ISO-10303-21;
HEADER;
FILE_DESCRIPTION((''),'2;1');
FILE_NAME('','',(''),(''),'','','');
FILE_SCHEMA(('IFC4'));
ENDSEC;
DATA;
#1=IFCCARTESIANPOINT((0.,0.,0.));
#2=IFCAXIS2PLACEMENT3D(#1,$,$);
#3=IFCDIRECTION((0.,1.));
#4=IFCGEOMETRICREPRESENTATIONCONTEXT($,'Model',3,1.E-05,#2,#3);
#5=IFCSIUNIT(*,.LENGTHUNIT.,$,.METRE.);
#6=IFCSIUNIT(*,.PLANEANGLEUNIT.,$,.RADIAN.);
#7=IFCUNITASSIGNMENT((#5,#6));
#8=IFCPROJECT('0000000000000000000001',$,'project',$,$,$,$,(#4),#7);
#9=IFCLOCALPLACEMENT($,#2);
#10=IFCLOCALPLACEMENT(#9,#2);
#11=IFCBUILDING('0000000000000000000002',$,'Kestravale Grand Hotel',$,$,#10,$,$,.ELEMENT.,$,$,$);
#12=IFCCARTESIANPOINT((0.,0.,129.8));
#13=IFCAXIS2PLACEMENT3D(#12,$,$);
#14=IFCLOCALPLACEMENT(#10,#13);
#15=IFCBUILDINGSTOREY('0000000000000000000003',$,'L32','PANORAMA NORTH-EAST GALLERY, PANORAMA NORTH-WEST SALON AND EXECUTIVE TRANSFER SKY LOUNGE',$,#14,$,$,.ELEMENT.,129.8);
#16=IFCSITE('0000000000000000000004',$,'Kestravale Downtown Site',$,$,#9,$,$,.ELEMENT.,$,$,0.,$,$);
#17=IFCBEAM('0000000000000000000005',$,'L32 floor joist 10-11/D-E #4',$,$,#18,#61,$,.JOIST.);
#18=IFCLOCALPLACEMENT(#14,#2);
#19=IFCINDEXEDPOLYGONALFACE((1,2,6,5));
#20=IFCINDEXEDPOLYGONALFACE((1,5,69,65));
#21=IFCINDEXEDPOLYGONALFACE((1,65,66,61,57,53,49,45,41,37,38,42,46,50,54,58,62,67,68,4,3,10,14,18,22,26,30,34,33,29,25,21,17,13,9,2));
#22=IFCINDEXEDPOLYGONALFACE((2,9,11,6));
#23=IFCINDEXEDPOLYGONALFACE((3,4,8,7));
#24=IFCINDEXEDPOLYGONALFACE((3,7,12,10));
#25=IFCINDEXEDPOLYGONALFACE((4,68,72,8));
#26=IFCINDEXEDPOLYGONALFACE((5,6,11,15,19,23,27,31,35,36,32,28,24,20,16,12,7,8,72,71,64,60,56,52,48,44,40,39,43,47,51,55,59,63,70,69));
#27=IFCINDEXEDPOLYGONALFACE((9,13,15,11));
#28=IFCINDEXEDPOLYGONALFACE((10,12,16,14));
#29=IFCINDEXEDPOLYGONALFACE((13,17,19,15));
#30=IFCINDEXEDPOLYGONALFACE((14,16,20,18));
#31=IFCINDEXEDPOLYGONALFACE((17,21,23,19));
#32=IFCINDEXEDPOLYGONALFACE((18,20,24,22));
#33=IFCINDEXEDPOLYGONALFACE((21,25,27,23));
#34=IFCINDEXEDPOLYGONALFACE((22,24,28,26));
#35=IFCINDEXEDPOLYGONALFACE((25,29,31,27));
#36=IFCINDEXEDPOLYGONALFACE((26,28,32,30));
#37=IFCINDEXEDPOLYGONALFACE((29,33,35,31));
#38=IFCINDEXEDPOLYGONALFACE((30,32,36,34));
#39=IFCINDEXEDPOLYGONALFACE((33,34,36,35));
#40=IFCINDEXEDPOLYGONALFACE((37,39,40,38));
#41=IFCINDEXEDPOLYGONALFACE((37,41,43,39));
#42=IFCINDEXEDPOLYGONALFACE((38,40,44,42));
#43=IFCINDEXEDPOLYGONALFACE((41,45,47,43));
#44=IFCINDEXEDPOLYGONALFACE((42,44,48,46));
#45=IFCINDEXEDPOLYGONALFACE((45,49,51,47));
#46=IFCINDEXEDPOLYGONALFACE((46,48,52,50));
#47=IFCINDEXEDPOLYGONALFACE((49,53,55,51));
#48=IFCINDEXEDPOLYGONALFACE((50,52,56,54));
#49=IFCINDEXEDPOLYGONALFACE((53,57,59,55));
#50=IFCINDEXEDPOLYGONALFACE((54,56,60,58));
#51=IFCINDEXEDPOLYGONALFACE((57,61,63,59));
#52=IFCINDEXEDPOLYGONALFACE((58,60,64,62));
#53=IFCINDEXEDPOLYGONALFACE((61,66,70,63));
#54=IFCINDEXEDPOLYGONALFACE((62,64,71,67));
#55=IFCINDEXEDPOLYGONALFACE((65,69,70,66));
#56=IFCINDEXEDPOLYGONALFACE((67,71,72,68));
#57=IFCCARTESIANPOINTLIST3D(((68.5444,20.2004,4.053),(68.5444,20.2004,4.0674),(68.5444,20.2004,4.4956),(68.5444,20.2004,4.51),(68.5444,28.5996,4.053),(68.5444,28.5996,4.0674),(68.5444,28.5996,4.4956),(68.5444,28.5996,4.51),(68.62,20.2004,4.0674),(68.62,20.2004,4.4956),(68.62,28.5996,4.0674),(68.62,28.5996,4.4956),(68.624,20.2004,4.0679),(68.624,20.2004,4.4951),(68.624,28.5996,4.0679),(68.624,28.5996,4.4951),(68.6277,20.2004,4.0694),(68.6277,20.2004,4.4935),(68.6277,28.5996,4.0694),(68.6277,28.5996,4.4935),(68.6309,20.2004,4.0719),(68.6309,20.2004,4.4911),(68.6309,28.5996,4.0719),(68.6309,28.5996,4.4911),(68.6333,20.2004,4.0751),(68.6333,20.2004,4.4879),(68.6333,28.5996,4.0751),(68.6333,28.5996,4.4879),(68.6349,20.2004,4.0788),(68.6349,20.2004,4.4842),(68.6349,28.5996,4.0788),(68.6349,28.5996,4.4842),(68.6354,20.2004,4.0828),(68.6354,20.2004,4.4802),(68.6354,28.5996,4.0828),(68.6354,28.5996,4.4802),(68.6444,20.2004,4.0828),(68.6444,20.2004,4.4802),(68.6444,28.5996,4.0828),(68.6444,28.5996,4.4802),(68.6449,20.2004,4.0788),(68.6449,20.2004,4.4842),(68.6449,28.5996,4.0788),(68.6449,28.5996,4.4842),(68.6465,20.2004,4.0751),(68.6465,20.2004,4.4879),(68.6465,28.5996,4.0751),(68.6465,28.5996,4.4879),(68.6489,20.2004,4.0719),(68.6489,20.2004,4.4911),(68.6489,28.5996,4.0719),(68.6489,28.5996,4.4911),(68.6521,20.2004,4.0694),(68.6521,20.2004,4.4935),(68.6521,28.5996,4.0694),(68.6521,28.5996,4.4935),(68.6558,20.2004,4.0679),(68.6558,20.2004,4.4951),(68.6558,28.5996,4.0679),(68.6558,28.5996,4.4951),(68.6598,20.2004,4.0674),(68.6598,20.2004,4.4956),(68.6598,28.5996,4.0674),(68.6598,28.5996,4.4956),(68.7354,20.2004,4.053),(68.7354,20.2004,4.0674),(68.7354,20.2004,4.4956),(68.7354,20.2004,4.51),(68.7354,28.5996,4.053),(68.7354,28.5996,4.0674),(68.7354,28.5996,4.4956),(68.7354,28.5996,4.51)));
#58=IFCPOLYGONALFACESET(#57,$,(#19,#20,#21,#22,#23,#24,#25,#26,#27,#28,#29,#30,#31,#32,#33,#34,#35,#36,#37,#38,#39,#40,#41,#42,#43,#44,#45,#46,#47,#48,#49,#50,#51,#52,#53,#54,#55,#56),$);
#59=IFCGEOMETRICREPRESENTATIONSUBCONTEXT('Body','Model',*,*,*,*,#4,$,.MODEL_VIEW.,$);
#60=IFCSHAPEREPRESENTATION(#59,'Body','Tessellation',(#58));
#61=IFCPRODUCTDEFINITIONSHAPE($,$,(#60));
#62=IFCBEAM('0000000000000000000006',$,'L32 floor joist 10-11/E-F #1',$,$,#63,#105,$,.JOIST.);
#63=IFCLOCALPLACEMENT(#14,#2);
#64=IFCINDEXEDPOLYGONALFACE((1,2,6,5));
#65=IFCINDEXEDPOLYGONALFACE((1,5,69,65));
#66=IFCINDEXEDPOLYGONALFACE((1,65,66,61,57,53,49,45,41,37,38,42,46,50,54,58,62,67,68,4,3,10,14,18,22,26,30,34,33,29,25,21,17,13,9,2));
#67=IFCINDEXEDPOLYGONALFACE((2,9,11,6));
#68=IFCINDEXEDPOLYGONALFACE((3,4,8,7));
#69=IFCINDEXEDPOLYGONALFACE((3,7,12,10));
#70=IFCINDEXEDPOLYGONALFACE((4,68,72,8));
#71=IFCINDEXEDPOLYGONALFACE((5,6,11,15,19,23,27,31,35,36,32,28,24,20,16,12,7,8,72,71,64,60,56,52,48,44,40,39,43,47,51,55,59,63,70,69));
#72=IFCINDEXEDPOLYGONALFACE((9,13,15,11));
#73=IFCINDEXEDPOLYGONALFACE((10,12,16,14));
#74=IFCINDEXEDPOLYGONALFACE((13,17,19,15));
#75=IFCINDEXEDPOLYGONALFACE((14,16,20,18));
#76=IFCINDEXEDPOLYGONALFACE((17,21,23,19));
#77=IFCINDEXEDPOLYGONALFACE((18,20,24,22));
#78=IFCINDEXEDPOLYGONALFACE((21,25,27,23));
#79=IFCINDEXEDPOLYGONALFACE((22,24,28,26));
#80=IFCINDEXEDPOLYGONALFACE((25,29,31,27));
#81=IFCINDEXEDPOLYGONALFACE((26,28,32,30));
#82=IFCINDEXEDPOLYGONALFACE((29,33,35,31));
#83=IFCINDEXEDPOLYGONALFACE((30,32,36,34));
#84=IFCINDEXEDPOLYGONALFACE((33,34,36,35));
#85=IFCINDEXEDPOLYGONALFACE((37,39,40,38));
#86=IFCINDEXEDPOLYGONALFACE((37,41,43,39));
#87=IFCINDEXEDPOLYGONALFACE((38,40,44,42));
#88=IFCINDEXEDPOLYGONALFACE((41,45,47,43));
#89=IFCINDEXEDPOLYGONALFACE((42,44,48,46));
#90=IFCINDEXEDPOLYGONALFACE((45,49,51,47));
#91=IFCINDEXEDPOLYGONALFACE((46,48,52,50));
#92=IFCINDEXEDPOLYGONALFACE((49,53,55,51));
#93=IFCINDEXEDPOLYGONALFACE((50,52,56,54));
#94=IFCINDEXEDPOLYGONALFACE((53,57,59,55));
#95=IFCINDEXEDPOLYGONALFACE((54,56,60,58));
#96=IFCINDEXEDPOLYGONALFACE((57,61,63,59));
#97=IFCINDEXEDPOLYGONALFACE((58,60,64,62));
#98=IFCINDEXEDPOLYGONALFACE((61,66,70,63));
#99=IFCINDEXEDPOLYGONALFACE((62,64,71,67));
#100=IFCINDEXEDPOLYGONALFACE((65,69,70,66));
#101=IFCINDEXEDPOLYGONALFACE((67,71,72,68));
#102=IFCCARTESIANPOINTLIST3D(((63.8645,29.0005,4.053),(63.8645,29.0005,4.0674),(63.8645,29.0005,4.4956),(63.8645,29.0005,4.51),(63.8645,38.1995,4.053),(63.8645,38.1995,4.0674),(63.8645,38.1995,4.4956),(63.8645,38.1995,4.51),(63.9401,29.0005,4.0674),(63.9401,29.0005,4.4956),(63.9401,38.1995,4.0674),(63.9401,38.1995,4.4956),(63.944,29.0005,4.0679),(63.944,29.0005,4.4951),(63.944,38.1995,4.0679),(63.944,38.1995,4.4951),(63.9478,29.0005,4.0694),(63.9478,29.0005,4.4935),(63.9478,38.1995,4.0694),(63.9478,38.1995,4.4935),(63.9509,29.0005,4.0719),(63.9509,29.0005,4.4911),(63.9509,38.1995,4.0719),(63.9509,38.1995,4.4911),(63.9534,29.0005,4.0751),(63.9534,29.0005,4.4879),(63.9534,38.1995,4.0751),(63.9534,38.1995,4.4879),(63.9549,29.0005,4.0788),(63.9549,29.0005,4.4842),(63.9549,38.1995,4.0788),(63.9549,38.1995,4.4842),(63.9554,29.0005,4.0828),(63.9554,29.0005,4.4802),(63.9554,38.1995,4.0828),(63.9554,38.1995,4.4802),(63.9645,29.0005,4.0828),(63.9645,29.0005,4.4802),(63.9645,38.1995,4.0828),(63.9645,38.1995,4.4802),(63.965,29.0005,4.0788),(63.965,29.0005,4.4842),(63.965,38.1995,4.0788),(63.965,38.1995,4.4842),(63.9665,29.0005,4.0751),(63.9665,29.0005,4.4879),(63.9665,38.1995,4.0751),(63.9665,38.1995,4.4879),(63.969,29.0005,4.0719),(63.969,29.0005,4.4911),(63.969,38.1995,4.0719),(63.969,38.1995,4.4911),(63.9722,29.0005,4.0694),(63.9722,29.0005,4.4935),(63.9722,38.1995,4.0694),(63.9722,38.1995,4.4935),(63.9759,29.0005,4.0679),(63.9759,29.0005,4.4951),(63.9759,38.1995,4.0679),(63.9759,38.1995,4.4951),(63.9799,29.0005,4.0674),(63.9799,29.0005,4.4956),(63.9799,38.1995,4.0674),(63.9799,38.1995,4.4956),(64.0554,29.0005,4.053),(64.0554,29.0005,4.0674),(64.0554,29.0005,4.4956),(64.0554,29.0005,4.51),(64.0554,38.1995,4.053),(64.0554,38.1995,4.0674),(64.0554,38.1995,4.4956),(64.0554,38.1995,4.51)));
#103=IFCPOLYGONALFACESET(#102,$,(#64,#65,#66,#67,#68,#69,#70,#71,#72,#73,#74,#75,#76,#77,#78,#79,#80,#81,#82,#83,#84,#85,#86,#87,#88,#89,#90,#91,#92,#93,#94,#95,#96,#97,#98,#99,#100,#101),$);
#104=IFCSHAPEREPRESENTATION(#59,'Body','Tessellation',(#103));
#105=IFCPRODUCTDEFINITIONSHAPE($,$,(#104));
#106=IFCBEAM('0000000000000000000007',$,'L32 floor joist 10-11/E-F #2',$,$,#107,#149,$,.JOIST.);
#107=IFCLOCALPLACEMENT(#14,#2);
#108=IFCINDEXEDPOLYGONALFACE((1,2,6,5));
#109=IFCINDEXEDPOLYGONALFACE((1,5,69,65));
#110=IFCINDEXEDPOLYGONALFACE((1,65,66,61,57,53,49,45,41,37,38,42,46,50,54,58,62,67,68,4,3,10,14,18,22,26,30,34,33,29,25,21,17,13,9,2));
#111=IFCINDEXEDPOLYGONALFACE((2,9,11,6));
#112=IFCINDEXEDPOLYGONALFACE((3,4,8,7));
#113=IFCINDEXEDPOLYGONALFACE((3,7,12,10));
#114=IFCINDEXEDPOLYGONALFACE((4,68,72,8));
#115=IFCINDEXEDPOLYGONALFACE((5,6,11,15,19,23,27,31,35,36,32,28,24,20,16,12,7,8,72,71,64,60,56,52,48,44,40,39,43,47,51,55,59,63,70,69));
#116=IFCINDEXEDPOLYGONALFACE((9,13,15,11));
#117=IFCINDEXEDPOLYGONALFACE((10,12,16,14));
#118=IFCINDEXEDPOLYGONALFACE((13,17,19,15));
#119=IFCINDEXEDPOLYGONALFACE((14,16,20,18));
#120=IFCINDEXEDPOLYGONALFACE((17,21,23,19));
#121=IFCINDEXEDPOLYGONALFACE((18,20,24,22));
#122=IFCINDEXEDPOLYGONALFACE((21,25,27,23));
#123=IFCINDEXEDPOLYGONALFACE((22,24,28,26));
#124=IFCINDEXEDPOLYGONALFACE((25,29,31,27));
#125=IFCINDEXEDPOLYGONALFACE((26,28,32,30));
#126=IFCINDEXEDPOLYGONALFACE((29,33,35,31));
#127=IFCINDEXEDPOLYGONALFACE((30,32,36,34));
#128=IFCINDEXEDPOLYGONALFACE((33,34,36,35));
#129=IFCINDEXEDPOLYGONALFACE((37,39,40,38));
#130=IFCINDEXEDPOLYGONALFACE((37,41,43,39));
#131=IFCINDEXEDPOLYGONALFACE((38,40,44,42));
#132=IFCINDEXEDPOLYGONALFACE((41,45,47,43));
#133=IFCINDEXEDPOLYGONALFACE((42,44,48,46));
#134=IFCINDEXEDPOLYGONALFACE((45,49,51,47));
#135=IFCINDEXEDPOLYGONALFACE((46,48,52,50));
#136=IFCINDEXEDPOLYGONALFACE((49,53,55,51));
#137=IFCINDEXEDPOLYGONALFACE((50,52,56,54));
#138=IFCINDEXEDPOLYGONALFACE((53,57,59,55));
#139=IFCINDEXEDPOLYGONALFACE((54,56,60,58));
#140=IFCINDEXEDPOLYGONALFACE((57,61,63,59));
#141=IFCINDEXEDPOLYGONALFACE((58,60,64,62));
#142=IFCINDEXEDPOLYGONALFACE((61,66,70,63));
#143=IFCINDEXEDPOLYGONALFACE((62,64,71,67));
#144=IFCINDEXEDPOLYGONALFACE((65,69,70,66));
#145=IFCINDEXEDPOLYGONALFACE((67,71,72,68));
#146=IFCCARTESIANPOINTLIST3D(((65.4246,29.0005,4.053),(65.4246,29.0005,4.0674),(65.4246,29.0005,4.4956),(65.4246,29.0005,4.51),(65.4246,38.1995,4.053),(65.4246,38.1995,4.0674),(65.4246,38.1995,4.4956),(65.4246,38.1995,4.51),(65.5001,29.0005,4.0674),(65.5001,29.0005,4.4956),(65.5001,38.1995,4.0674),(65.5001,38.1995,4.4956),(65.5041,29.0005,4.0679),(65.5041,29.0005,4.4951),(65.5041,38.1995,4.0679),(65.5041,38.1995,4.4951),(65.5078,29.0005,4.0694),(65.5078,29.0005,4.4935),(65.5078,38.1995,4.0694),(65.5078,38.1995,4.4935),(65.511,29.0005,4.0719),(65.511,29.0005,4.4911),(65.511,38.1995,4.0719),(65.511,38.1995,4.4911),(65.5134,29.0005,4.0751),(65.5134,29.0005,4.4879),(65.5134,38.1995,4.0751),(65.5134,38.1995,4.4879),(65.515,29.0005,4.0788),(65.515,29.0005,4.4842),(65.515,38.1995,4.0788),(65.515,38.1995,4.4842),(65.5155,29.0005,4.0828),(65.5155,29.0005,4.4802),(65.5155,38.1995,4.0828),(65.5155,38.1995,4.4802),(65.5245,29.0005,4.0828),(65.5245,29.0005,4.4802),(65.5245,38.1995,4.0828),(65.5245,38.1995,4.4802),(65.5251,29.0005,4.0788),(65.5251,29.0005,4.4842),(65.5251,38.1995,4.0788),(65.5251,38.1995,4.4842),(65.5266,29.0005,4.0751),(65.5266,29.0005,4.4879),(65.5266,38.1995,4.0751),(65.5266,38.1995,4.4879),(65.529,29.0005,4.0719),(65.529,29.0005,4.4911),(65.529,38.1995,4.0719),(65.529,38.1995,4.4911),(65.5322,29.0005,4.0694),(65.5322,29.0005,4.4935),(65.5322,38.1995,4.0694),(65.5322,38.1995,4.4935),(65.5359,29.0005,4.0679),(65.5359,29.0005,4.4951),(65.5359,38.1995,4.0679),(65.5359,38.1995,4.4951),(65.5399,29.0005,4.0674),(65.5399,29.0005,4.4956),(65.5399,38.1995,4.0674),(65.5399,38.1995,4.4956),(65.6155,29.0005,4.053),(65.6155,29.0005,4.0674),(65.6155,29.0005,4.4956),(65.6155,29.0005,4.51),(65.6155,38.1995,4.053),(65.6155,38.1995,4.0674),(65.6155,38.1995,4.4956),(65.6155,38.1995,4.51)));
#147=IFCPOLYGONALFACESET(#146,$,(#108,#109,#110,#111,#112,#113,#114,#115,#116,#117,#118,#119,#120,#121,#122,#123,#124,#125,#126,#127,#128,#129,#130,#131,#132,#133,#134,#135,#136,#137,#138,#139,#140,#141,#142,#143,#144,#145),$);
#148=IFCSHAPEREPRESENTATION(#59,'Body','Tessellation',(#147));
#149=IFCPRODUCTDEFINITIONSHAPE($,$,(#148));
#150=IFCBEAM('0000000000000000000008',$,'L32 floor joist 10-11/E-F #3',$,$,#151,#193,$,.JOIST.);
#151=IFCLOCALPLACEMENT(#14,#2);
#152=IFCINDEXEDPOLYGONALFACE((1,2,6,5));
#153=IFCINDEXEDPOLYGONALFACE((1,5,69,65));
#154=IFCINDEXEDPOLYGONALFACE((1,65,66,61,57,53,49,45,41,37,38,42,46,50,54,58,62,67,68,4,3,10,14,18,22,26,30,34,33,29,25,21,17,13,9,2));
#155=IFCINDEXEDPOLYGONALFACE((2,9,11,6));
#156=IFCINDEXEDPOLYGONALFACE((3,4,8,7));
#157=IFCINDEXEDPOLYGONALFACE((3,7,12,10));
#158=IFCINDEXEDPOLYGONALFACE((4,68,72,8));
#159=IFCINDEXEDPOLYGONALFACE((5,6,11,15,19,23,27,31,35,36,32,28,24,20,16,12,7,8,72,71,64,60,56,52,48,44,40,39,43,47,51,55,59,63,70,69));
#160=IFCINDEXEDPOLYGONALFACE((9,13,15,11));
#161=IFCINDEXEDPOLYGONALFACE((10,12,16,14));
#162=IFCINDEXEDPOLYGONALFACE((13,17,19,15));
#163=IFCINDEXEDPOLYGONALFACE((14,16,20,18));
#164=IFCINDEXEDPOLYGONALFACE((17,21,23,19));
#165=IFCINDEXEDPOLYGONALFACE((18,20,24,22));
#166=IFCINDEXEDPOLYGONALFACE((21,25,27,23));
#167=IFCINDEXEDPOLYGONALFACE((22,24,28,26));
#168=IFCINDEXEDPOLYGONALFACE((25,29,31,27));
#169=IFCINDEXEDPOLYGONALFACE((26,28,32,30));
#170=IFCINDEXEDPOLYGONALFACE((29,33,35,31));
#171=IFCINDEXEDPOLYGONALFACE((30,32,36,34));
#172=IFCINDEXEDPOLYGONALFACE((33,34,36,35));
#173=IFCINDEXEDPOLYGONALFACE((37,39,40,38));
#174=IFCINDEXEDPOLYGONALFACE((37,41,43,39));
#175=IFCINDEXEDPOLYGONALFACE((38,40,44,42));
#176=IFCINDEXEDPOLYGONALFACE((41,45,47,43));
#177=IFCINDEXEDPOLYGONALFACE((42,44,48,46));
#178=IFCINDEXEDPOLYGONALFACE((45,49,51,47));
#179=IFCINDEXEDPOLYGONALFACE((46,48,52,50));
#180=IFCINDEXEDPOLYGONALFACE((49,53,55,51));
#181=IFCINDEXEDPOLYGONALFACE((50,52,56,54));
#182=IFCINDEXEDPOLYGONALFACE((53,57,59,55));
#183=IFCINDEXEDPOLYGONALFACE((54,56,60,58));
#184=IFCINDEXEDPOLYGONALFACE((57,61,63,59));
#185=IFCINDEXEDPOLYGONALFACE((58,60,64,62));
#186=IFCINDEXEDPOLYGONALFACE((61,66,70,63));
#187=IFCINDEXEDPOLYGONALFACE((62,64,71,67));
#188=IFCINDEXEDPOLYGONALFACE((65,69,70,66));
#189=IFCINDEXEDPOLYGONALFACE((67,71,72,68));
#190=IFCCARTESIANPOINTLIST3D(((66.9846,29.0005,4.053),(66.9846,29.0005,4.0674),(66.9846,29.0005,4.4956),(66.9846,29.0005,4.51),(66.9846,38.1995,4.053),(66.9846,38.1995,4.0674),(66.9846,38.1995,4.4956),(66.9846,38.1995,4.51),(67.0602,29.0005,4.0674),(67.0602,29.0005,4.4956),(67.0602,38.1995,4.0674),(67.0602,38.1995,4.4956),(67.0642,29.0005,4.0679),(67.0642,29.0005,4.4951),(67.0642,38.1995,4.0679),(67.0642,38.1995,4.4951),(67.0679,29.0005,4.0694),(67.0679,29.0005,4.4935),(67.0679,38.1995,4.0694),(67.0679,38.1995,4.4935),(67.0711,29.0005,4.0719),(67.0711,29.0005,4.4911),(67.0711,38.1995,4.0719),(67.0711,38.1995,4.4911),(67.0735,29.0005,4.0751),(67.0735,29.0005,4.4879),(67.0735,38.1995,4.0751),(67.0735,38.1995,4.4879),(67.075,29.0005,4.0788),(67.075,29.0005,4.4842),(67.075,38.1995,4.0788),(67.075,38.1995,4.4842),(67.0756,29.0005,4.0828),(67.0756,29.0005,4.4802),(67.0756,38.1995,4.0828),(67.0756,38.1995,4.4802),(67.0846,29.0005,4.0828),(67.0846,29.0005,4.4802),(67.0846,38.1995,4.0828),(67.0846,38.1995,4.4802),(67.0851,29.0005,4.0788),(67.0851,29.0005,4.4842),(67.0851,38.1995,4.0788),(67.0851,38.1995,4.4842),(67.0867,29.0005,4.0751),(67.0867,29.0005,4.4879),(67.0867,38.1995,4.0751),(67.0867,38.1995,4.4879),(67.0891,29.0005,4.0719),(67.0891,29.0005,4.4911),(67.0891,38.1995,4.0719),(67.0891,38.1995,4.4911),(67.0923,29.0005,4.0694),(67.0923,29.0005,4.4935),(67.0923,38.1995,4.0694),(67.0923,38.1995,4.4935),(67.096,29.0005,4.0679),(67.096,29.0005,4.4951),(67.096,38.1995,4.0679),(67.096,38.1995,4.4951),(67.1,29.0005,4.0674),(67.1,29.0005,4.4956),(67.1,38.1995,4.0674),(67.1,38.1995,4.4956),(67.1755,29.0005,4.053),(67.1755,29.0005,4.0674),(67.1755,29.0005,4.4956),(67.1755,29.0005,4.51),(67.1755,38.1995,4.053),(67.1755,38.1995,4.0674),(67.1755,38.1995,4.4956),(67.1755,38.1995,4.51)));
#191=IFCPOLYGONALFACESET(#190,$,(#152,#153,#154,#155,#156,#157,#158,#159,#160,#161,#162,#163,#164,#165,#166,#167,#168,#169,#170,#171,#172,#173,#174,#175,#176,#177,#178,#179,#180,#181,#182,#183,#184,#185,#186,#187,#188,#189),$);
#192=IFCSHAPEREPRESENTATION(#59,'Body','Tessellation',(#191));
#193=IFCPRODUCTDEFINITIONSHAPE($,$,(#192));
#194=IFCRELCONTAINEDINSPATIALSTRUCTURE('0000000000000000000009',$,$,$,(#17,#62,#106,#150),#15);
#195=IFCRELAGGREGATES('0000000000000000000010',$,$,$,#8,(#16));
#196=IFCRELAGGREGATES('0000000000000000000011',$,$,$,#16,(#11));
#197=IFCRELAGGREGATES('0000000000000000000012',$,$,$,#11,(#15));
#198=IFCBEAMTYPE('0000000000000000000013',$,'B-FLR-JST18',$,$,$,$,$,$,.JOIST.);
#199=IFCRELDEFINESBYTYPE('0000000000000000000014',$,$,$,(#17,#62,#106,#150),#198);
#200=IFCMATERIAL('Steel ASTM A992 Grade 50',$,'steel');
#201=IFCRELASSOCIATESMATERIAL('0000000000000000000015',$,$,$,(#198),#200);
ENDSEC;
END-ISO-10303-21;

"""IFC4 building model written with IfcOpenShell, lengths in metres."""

from ifc_helpers import new_model, si_unit, direction, frame, origin, origin_2d, place, context, subcontext, project, spatial, i_section, extrude, material, material_profile, profile_set, type_object, element, save


model = new_model("IFC4")

# Units and contexts
model_context = context("Model", 3, precision=1e-05, world=origin(), true_north=direction((0.0, 1.0)))
body_context = subcontext(model_context, "Body", "Model", "MODEL_VIEW")
ifc_project = project(units=[si_unit("LENGTHUNIT", "METRE"), si_unit("PLANEANGLEUNIT", "RADIAN")], contexts=[model_context])

# Site, building, storey
site_placement = place(None, origin())
site = spatial("IfcSite", under=ifc_project, at=site_placement, Name="Kestravale Downtown Site", CompositionType="ELEMENT", RefElevation=0.0)
building_placement = place(site_placement, origin())
building = spatial("IfcBuilding", under=site, at=building_placement, Name="Kestravale Grand Hotel", CompositionType="ELEMENT")
storey_placement = place(building_placement, frame((0.0, 0.0, 129.8)))
storey = spatial("IfcBuildingStorey", under=building, at=storey_placement, Name="L32", Description="PANORAMA NORTH-EAST GALLERY, PANORAMA NORTH-WEST SALON AND EXECUTIVE TRANSFER SKY LOUNGE", CompositionType="ELEMENT", Elevation=129.8)

# Beams
ifc_material_1 = material(Name="Steel ASTM A992 Grade 50", Category="steel")
ifc_material_profile_1 = material_profile(ifc_material_1, i_section(OverallWidth=0.1909, OverallDepth=0.457, WebThickness=0.009, FlangeThickness=0.0144, FilletRadius=0.0154, at=origin_2d()))
ifc_profile_set_1 = profile_set([ifc_material_profile_1], Name="Steel ASTM A992 Grade 50")
beam_type_1 = type_object("IfcBeamType", Name="B-FLR-JST18", PredefinedType="JOIST", material=ifc_profile_set_1)
for number, where, z_axis, x_axis, name in (
    (1, (68.6399, 20.2004, 4.2815), (0.0, 1.0, 0.0), (-1.0, 0.0, 0.0), "L32 floor joist 10-11/D-E #4"),
):
    element("IfcBeam", number, at=place(storey_placement, frame(where, z_axis=z_axis, x_axis=x_axis)), inside=storey, type_object=beam_type_1, Name=name, PredefinedType="JOIST", context=body_context, shape_type="SweptSolid", body=[
        extrude(i_section(OverallWidth=0.1909, OverallDepth=0.457, WebThickness=0.009, FlangeThickness=0.0144, FilletRadius=0.0154, at=origin_2d()), origin(), (0.0, 0.0, 1.0), 8.3992),
    ])
for number, where, z_axis, x_axis, name in (
    (2, (63.96, 29.0005, 4.2815), (0.0, 1.0, 0.0), (-1.0, 0.0, 0.0), "L32 floor joist 10-11/E-F #1"),
    (3, (65.52, 29.0005, 4.2815), (0.0, 1.0, 0.0), (-1.0, 0.0, 0.0), "L32 floor joist 10-11/E-F #2"),
    (4, (67.0801, 29.0005, 4.2815), (0.0, 1.0, 0.0), (-1.0, 0.0, 0.0), "L32 floor joist 10-11/E-F #3"),
):
    element("IfcBeam", number, at=place(storey_placement, frame(where, z_axis=z_axis, x_axis=x_axis)), inside=storey, type_object=beam_type_1, Name=name, PredefinedType="JOIST", context=body_context, shape_type="SweptSolid", body=[
        extrude(i_section(OverallWidth=0.1909, OverallDepth=0.457, WebThickness=0.009, FlangeThickness=0.0144, FilletRadius=0.0154, at=origin_2d()), origin(), (0.0, 0.0, 1.0), 9.199),
    ])

save(model, "model.ifc")
